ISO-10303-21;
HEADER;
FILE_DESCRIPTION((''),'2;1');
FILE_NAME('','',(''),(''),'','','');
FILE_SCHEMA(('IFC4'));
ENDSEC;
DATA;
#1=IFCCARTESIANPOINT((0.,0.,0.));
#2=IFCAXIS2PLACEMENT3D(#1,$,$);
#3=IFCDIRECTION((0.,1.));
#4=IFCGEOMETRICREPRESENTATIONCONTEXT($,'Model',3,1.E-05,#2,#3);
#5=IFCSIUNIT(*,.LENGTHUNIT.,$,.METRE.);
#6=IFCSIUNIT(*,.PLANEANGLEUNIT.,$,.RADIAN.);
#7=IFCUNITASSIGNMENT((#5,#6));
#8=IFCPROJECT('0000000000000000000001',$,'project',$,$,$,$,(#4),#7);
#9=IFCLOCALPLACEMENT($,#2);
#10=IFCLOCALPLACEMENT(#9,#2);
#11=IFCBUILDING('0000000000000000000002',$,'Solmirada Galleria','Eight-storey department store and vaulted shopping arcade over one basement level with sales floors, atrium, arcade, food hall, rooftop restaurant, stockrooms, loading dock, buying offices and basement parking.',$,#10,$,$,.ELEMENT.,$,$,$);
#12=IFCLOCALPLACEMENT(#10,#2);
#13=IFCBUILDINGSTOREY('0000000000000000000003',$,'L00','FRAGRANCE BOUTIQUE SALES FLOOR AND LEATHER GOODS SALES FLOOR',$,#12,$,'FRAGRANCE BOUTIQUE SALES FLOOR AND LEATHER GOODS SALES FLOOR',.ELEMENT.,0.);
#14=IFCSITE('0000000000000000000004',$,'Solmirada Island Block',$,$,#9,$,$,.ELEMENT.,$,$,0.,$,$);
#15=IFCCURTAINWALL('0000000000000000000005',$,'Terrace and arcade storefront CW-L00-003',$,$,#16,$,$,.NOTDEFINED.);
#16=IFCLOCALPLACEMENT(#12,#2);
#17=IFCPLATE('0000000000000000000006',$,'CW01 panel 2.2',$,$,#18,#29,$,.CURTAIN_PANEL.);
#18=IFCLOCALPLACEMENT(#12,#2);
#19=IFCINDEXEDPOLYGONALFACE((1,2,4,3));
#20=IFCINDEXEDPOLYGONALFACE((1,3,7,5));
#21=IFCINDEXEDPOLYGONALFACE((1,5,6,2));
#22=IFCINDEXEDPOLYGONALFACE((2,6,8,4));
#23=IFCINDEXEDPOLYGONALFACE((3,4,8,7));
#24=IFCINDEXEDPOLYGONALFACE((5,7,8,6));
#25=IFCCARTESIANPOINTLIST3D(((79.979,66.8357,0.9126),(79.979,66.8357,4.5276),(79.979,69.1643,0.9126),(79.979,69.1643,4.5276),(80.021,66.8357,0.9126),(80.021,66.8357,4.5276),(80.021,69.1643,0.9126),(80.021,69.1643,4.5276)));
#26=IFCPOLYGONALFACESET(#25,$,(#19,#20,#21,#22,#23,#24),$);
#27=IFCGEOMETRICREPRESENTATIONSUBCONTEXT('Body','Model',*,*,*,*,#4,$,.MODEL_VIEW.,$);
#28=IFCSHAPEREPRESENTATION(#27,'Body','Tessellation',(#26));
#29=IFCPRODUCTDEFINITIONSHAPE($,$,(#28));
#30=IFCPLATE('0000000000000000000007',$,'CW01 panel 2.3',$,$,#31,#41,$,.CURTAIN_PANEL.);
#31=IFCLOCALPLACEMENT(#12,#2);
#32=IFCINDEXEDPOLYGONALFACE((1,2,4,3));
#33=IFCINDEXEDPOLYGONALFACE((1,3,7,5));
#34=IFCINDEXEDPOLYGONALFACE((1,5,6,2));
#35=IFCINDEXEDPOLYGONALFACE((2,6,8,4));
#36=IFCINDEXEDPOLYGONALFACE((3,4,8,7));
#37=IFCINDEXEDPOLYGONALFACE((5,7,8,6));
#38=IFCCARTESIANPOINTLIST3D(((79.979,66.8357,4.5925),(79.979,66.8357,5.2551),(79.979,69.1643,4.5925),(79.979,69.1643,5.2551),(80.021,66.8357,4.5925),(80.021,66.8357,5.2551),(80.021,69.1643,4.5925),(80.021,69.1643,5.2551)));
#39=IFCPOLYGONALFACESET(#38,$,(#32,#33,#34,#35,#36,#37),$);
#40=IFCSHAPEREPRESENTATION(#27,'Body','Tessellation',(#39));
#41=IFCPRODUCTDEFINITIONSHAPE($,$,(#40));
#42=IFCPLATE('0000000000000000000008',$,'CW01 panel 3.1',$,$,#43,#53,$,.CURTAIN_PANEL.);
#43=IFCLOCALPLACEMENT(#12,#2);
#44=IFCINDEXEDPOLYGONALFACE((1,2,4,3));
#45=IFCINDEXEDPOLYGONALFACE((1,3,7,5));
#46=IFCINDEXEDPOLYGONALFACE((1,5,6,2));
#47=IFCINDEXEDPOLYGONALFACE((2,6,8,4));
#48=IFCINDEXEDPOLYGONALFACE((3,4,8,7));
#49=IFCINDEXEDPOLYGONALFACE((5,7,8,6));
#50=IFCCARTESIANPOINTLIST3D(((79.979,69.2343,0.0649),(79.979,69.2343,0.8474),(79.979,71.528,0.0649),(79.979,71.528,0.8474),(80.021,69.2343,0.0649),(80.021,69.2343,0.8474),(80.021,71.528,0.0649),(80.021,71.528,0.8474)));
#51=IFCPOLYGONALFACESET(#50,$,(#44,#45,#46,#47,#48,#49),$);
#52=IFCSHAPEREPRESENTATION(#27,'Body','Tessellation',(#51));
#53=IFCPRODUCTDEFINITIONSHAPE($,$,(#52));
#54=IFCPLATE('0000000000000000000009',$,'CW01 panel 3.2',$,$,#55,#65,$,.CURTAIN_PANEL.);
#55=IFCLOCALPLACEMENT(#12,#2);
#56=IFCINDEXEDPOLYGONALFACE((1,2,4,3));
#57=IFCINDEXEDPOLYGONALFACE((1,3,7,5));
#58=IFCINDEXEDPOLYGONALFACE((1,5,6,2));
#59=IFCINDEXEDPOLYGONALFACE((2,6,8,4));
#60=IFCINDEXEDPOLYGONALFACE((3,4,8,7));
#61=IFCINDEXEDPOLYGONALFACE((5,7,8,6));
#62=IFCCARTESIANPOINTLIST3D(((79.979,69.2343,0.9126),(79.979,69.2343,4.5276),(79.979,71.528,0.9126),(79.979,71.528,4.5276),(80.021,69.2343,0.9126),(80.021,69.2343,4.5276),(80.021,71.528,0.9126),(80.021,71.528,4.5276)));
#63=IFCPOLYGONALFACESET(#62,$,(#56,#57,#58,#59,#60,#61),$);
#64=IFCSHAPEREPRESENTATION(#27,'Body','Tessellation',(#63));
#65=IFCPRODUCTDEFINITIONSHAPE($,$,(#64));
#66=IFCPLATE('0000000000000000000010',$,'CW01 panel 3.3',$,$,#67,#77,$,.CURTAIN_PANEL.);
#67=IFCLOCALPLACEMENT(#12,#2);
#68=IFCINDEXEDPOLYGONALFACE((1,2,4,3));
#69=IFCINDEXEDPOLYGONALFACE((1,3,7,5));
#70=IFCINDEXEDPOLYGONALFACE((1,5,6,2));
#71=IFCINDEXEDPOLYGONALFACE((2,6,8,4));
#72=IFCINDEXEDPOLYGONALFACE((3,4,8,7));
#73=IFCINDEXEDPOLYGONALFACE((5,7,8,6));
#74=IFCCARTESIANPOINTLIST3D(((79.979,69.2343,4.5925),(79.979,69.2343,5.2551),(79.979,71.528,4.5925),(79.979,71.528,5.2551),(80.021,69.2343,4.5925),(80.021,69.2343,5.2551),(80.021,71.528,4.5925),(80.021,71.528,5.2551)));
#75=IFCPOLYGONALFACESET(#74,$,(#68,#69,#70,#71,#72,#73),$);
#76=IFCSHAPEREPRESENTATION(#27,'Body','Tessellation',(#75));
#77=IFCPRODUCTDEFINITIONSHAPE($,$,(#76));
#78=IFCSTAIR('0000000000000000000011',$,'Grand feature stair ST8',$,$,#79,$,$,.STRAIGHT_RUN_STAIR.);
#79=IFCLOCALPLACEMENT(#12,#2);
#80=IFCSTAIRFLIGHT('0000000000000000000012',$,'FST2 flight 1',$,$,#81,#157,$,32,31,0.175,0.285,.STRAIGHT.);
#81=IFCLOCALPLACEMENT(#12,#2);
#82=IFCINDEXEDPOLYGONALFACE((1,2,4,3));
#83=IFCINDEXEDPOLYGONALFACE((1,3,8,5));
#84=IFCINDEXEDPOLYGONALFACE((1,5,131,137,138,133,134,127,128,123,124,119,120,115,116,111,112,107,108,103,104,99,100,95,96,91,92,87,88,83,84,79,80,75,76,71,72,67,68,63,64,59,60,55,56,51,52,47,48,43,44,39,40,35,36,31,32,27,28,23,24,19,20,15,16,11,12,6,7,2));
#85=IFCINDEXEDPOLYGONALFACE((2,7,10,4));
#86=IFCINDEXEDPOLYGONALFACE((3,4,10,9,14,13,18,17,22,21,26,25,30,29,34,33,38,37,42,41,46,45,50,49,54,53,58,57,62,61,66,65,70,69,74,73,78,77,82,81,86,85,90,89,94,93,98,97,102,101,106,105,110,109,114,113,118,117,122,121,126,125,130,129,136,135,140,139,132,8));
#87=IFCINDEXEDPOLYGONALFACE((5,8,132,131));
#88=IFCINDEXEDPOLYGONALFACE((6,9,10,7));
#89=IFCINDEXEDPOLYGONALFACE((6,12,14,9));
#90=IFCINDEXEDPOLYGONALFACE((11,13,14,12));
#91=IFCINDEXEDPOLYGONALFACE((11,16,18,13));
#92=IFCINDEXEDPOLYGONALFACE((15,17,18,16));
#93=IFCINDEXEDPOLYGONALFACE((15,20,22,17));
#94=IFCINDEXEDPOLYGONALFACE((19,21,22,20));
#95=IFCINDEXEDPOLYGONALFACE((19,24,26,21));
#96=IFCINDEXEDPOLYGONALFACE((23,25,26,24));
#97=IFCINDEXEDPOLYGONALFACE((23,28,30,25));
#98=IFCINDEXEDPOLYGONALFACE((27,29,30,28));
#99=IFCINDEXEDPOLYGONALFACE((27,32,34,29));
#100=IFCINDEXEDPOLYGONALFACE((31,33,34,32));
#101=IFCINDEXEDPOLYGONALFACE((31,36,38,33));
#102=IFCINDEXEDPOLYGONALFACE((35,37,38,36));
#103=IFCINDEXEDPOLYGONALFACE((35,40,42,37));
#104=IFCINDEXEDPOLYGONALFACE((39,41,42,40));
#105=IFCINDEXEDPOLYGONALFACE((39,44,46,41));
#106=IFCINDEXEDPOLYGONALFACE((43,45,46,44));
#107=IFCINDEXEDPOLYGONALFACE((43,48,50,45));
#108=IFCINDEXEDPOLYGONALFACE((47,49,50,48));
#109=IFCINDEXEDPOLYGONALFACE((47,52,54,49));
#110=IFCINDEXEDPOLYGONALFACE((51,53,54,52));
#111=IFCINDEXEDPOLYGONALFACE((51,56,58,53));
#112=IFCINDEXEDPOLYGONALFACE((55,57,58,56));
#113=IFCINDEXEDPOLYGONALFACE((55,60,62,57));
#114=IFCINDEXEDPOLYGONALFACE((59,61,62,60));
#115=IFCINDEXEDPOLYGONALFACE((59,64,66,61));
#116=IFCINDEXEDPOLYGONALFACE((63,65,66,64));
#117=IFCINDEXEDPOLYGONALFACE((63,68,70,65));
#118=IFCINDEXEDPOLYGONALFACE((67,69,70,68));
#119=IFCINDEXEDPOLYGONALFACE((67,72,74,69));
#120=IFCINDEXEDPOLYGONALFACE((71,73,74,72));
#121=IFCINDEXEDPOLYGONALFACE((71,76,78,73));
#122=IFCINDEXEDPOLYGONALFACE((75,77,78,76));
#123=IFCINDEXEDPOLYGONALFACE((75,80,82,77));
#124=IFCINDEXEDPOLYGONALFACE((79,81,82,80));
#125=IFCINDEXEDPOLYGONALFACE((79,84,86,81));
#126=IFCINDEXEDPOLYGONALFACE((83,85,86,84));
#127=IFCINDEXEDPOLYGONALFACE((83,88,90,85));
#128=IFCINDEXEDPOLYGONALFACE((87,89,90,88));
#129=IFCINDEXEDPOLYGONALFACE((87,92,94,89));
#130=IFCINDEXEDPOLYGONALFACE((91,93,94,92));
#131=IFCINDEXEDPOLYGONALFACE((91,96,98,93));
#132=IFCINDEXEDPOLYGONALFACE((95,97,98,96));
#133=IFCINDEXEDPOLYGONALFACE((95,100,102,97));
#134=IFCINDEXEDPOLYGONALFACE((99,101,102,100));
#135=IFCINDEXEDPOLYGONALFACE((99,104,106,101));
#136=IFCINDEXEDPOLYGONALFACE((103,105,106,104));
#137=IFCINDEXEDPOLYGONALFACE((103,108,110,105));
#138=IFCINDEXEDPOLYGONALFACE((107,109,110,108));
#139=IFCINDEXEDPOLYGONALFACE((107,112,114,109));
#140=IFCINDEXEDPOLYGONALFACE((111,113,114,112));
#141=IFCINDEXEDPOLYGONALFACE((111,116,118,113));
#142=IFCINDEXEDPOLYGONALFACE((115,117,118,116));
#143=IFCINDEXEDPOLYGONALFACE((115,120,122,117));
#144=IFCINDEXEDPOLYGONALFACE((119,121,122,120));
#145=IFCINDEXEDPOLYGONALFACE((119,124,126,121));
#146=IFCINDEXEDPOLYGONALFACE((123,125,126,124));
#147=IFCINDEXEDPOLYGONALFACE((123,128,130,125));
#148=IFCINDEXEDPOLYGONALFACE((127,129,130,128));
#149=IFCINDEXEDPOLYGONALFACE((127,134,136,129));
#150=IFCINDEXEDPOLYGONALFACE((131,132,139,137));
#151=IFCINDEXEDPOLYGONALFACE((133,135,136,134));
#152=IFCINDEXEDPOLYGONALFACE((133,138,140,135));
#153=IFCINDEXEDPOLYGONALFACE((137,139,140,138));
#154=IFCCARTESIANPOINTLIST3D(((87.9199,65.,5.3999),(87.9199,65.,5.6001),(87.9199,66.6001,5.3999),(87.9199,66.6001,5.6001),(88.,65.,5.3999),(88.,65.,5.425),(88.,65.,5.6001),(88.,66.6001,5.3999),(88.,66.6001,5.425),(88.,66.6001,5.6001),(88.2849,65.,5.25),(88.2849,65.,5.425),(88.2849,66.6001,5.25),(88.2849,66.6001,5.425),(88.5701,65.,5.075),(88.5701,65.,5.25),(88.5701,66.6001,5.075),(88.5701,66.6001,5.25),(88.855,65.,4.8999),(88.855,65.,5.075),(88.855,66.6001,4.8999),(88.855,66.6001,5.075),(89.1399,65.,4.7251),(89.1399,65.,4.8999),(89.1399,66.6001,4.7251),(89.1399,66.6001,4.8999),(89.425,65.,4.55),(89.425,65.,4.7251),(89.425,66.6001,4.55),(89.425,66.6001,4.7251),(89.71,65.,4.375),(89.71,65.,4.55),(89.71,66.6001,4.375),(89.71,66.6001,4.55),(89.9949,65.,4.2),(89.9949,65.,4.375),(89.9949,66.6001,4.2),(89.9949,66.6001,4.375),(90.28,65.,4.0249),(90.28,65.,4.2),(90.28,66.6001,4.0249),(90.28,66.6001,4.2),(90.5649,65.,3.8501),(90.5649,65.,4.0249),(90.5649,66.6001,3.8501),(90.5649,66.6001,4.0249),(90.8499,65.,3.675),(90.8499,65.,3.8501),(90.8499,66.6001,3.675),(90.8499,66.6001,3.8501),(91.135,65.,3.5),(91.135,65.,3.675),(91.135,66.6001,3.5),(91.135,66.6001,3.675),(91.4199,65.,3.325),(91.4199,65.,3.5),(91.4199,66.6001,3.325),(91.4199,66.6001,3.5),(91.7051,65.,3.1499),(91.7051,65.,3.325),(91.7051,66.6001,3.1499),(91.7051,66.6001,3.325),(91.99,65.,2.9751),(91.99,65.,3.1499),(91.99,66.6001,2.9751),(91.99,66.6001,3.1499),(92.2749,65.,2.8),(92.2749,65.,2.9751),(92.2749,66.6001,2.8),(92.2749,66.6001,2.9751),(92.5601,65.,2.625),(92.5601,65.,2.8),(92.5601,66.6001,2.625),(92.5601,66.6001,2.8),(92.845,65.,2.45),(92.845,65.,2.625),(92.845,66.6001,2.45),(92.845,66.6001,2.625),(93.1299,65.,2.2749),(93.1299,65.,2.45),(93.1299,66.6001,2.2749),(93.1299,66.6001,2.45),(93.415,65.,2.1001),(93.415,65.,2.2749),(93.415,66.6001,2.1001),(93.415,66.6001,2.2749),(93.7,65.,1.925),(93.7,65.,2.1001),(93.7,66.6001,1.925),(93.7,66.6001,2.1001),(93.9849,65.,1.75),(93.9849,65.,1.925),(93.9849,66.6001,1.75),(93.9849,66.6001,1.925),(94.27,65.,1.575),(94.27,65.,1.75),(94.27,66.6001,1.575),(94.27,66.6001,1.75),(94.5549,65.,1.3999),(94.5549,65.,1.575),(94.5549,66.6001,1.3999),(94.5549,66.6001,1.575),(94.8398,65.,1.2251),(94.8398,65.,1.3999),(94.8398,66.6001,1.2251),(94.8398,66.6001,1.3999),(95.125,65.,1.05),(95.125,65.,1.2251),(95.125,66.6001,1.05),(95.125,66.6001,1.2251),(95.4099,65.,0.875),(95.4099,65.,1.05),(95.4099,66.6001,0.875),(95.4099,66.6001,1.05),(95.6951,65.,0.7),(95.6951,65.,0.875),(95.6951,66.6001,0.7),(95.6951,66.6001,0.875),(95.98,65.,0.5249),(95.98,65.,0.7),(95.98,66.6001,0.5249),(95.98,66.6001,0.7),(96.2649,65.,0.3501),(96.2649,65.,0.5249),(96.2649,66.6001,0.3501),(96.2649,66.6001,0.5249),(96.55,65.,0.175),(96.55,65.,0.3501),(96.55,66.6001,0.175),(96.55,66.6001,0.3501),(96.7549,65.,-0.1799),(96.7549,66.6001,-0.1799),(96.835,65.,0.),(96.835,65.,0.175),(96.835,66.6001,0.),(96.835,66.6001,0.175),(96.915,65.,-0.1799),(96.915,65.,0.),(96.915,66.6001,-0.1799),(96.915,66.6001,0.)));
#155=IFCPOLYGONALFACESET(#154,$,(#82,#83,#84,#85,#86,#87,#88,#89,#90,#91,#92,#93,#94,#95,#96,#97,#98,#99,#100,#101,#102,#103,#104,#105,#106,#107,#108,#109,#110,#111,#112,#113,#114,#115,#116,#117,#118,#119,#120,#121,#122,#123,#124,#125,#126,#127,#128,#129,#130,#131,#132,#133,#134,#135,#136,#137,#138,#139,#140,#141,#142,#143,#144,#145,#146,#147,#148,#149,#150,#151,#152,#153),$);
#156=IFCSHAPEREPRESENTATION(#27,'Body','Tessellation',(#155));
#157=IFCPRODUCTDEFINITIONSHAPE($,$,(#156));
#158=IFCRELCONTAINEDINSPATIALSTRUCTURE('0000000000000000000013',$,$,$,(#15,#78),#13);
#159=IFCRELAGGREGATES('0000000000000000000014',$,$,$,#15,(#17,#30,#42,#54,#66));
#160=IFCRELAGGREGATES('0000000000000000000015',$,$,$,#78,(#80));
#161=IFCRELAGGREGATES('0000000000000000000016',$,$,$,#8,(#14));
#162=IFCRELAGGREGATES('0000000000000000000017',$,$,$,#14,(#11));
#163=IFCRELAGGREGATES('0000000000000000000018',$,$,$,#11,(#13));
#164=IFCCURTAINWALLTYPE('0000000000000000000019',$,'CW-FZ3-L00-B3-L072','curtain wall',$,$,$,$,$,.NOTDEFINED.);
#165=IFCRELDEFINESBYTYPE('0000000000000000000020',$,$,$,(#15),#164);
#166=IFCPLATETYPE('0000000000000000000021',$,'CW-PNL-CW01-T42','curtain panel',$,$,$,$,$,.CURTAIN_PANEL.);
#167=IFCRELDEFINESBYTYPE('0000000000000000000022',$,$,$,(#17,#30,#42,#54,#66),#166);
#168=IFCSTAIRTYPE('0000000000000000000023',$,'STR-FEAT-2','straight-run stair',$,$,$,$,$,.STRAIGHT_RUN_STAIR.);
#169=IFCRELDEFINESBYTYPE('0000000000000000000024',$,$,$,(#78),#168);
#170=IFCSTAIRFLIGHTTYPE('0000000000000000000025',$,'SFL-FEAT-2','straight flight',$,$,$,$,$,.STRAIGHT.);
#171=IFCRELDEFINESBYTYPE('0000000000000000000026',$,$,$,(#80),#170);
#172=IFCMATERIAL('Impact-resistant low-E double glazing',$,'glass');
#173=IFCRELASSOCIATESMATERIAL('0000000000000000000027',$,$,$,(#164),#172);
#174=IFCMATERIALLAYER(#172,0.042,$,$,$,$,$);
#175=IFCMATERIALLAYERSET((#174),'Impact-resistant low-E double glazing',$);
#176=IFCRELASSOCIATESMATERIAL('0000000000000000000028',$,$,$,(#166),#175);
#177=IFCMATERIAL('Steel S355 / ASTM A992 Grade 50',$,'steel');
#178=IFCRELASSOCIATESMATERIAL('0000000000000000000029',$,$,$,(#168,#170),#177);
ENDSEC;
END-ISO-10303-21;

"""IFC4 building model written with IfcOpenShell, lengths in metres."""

from ifc_helpers import new_model, si_unit, direction, frame, origin, origin_2d, place, context, subcontext, project, spatial, polyline, rectangle, outline, extrude, material, layer, layer_set, type_object, element, aggregate, save


model = new_model("IFC4")

# Units and contexts
model_context = context("Model", 3, precision=1e-05, world=origin(), true_north=direction((0.0, 1.0)))
body_context = subcontext(model_context, "Body", "Model", "MODEL_VIEW")
ifc_project = project(units=[si_unit("LENGTHUNIT", "METRE"), si_unit("PLANEANGLEUNIT", "RADIAN")], contexts=[model_context])

# Site, building, storey
site_placement = place(None, origin())
site = spatial("IfcSite", under=ifc_project, at=site_placement, Name="Solmirada Island Block", CompositionType="ELEMENT", RefElevation=0.0)
building_placement = place(site_placement, origin())
building = spatial("IfcBuilding", under=site, at=building_placement, Name="Solmirada Galleria", Description="Eight-storey department store and vaulted shopping arcade over one basement level with sales floors, atrium, arcade, food hall, rooftop restaurant, stockrooms, loading dock, buying offices and basement parking.", CompositionType="ELEMENT")
storey_placement = place(building_placement, origin())
storey = spatial("IfcBuildingStorey", under=building, at=storey_placement, Name="L00", Description="FRAGRANCE BOUTIQUE SALES FLOOR AND LEATHER GOODS SALES FLOOR", LongName="FRAGRANCE BOUTIQUE SALES FLOOR AND LEATHER GOODS SALES FLOOR", CompositionType="ELEMENT", Elevation=0.0)

# Shared definitions
ifc_material_1 = material(Name="Steel S355 / ASTM A992 Grade 50", Category="steel")

# Curtain wall, plates
ifc_material_2 = material(Name="Impact-resistant low-E double glazing", Category="glass")
curtain_wall_type = type_object("IfcCurtainWallType", Name="CW-FZ3-L00-B3-L072", Description="curtain wall", PredefinedType="NOTDEFINED", material=ifc_material_2)
curtain_wall_placement = place(storey_placement, origin())
curtain_wall = element("IfcCurtainWall", 1, at=curtain_wall_placement, inside=storey, type_object=curtain_wall_type, Name="Terrace and arcade storefront CW-L00-003", PredefinedType="NOTDEFINED")
ifc_layer = layer(ifc_material_2, 0.042)
ifc_layer_set = layer_set([ifc_layer], Name="Impact-resistant low-E double glazing")
plate_type = type_object("IfcPlateType", Name="CW-PNL-CW01-T42", Description="curtain panel", PredefinedType="CURTAIN_PANEL", material=ifc_layer_set)
plate_1_placement = place(storey_placement, frame((80.0, 68.0, 0.9126), z_axis=(0.0, 0.0, 1.0), x_axis=(0.0, 1.0, 0.0)))
plate_1 = element("IfcPlate", 2, at=plate_1_placement, type_object=plate_type, Name="CW01 panel 2.2", PredefinedType="CURTAIN_PANEL", context=body_context, shape_type="SweptSolid", body=[
    extrude(rectangle(XDim=2.3286, YDim=0.042, at=origin_2d()), origin(), (0.0, 0.0, 1.0), 3.615),
])
plate_2_placement = place(storey_placement, frame((80.0, 68.0, 4.5925), z_axis=(0.0, 0.0, 1.0), x_axis=(0.0, 1.0, 0.0)))
plate_2 = element("IfcPlate", 3, at=plate_2_placement, type_object=plate_type, Name="CW01 panel 2.3", PredefinedType="CURTAIN_PANEL", context=body_context, shape_type="SweptSolid", body=[
    extrude(rectangle(XDim=2.3286, YDim=0.042, at=origin_2d()), origin(), (0.0, 0.0, 1.0), 0.6626),
])
plate_3_placement = place(storey_placement, frame((80.0, 70.3811, 0.0649), z_axis=(0.0, 0.0, 1.0), x_axis=(0.0, 1.0, 0.0)))
plate_3 = element("IfcPlate", 4, at=plate_3_placement, type_object=plate_type, Name="CW01 panel 3.1", PredefinedType="CURTAIN_PANEL", context=body_context, shape_type="SweptSolid", body=[
    extrude(rectangle(XDim=2.2937, YDim=0.042, at=origin_2d()), origin(), (0.0, 0.0, 1.0), 0.7825),
])
plate_4_placement = place(storey_placement, frame((80.0, 70.3811, 0.9126), z_axis=(0.0, 0.0, 1.0), x_axis=(0.0, 1.0, 0.0)))
plate_4 = element("IfcPlate", 5, at=plate_4_placement, type_object=plate_type, Name="CW01 panel 3.2", PredefinedType="CURTAIN_PANEL", context=body_context, shape_type="SweptSolid", body=[
    extrude(rectangle(XDim=2.2937, YDim=0.042, at=origin_2d()), origin(), (0.0, 0.0, 1.0), 3.615),
])
plate_5_placement = place(storey_placement, frame((80.0, 70.3811, 4.5925), z_axis=(0.0, 0.0, 1.0), x_axis=(0.0, 1.0, 0.0)))
plate_5 = element("IfcPlate", 6, at=plate_5_placement, type_object=plate_type, Name="CW01 panel 3.3", PredefinedType="CURTAIN_PANEL", context=body_context, shape_type="SweptSolid", body=[
    extrude(rectangle(XDim=2.2937, YDim=0.042, at=origin_2d()), origin(), (0.0, 0.0, 1.0), 0.6626),
])
aggregate(curtain_wall, [plate_1, plate_2, plate_3, plate_4, plate_5])

# Stair, stair flight
stair_type = type_object("IfcStairType", Name="STR-FEAT-2", Description="straight-run stair", PredefinedType="STRAIGHT_RUN_STAIR", material=ifc_material_1)
stair_placement = place(storey_placement, origin())
stair = element("IfcStair", 7, at=stair_placement, inside=storey, type_object=stair_type, Name="Grand feature stair ST8", PredefinedType="STRAIGHT_RUN_STAIR")
stair_flight_type = type_object("IfcStairFlightType", Name="SFL-FEAT-2", Description="straight flight", PredefinedType="STRAIGHT", material=ifc_material_1)
stair_flight_placement = place(storey_placement, frame((96.835, 65.8, 0.0), z_axis=(0.0, 0.0, 1.0), x_axis=(-1.0, 0.0, 0.0)))
stair_flight = element("IfcStairFlight", 8, at=stair_flight_placement, type_object=stair_flight_type, Name="FST2 flight 1", NumberOfRisers=32, NumberOfTreads=31, PredefinedType="STRAIGHT", RiserHeight=0.175, TreadLength=0.285, context=body_context, shape_type="SweptSolid", body=[
    extrude(outline(polyline([(-0.0801, 0.0), (0.0, 0.0), (0.0, 0.175), (0.2849, 0.175), (0.2849, 0.3501), (0.5701, 0.3501), (0.5701, 0.5249), (0.855, 0.5249), (0.855, 0.7), (1.1399, 0.7), (1.1399, 0.875), (1.425, 0.875), (1.425, 1.05), (1.71, 1.05), (1.71, 1.2251), (1.9951, 1.2251), (1.9951, 1.3999), (2.28, 1.3999), (2.28, 1.575), (2.5649, 1.575), (2.5649, 1.75), (2.8501, 1.75), (2.8501, 1.925), (3.135, 1.925), (3.135, 2.1001), (3.4199, 2.1001), (3.4199, 2.2749), (3.7051, 2.2749), (3.7051, 2.45), (3.99, 2.45), (3.99, 2.625), (4.2749, 2.625), (4.2749, 2.8), (4.5601, 2.8), (4.5601, 2.9751), (4.845, 2.9751), (4.845, 3.1499), (5.1299, 3.1499), (5.1299, 3.325), (5.415, 3.325), (5.415, 3.5), (5.7, 3.5), (5.7, 3.675), (5.9851, 3.675), (5.9851, 3.8501), (6.27, 3.8501), (6.27, 4.0249), (6.5549, 4.0249), (6.5549, 4.2), (6.8401, 4.2), (6.8401, 4.375), (7.125, 4.375), (7.125, 4.55), (7.4099, 4.55), (7.4099, 4.7251), (7.6951, 4.7251), (7.6951, 4.8999), (7.98, 4.8999), (7.98, 5.075), (8.2649, 5.075), (8.2649, 5.25), (8.55, 5.25), (8.55, 5.425), (8.835, 5.425), (8.835, 5.6001), (8.915, 5.6001), (8.915, 5.3999), (8.835, 5.3999), (0.0801, -0.1799), (-0.0801, -0.1799), (-0.0801, 0.0)])), frame((0.0, 0.8, 0.0), z_axis=(0.0, -1.0, 0.0), x_axis=(1.0, 0.0, 0.0)), (0.0, 0.0, 1.0), 1.6001),
])
aggregate(stair, [stair_flight])

save(model, "model.ifc")
